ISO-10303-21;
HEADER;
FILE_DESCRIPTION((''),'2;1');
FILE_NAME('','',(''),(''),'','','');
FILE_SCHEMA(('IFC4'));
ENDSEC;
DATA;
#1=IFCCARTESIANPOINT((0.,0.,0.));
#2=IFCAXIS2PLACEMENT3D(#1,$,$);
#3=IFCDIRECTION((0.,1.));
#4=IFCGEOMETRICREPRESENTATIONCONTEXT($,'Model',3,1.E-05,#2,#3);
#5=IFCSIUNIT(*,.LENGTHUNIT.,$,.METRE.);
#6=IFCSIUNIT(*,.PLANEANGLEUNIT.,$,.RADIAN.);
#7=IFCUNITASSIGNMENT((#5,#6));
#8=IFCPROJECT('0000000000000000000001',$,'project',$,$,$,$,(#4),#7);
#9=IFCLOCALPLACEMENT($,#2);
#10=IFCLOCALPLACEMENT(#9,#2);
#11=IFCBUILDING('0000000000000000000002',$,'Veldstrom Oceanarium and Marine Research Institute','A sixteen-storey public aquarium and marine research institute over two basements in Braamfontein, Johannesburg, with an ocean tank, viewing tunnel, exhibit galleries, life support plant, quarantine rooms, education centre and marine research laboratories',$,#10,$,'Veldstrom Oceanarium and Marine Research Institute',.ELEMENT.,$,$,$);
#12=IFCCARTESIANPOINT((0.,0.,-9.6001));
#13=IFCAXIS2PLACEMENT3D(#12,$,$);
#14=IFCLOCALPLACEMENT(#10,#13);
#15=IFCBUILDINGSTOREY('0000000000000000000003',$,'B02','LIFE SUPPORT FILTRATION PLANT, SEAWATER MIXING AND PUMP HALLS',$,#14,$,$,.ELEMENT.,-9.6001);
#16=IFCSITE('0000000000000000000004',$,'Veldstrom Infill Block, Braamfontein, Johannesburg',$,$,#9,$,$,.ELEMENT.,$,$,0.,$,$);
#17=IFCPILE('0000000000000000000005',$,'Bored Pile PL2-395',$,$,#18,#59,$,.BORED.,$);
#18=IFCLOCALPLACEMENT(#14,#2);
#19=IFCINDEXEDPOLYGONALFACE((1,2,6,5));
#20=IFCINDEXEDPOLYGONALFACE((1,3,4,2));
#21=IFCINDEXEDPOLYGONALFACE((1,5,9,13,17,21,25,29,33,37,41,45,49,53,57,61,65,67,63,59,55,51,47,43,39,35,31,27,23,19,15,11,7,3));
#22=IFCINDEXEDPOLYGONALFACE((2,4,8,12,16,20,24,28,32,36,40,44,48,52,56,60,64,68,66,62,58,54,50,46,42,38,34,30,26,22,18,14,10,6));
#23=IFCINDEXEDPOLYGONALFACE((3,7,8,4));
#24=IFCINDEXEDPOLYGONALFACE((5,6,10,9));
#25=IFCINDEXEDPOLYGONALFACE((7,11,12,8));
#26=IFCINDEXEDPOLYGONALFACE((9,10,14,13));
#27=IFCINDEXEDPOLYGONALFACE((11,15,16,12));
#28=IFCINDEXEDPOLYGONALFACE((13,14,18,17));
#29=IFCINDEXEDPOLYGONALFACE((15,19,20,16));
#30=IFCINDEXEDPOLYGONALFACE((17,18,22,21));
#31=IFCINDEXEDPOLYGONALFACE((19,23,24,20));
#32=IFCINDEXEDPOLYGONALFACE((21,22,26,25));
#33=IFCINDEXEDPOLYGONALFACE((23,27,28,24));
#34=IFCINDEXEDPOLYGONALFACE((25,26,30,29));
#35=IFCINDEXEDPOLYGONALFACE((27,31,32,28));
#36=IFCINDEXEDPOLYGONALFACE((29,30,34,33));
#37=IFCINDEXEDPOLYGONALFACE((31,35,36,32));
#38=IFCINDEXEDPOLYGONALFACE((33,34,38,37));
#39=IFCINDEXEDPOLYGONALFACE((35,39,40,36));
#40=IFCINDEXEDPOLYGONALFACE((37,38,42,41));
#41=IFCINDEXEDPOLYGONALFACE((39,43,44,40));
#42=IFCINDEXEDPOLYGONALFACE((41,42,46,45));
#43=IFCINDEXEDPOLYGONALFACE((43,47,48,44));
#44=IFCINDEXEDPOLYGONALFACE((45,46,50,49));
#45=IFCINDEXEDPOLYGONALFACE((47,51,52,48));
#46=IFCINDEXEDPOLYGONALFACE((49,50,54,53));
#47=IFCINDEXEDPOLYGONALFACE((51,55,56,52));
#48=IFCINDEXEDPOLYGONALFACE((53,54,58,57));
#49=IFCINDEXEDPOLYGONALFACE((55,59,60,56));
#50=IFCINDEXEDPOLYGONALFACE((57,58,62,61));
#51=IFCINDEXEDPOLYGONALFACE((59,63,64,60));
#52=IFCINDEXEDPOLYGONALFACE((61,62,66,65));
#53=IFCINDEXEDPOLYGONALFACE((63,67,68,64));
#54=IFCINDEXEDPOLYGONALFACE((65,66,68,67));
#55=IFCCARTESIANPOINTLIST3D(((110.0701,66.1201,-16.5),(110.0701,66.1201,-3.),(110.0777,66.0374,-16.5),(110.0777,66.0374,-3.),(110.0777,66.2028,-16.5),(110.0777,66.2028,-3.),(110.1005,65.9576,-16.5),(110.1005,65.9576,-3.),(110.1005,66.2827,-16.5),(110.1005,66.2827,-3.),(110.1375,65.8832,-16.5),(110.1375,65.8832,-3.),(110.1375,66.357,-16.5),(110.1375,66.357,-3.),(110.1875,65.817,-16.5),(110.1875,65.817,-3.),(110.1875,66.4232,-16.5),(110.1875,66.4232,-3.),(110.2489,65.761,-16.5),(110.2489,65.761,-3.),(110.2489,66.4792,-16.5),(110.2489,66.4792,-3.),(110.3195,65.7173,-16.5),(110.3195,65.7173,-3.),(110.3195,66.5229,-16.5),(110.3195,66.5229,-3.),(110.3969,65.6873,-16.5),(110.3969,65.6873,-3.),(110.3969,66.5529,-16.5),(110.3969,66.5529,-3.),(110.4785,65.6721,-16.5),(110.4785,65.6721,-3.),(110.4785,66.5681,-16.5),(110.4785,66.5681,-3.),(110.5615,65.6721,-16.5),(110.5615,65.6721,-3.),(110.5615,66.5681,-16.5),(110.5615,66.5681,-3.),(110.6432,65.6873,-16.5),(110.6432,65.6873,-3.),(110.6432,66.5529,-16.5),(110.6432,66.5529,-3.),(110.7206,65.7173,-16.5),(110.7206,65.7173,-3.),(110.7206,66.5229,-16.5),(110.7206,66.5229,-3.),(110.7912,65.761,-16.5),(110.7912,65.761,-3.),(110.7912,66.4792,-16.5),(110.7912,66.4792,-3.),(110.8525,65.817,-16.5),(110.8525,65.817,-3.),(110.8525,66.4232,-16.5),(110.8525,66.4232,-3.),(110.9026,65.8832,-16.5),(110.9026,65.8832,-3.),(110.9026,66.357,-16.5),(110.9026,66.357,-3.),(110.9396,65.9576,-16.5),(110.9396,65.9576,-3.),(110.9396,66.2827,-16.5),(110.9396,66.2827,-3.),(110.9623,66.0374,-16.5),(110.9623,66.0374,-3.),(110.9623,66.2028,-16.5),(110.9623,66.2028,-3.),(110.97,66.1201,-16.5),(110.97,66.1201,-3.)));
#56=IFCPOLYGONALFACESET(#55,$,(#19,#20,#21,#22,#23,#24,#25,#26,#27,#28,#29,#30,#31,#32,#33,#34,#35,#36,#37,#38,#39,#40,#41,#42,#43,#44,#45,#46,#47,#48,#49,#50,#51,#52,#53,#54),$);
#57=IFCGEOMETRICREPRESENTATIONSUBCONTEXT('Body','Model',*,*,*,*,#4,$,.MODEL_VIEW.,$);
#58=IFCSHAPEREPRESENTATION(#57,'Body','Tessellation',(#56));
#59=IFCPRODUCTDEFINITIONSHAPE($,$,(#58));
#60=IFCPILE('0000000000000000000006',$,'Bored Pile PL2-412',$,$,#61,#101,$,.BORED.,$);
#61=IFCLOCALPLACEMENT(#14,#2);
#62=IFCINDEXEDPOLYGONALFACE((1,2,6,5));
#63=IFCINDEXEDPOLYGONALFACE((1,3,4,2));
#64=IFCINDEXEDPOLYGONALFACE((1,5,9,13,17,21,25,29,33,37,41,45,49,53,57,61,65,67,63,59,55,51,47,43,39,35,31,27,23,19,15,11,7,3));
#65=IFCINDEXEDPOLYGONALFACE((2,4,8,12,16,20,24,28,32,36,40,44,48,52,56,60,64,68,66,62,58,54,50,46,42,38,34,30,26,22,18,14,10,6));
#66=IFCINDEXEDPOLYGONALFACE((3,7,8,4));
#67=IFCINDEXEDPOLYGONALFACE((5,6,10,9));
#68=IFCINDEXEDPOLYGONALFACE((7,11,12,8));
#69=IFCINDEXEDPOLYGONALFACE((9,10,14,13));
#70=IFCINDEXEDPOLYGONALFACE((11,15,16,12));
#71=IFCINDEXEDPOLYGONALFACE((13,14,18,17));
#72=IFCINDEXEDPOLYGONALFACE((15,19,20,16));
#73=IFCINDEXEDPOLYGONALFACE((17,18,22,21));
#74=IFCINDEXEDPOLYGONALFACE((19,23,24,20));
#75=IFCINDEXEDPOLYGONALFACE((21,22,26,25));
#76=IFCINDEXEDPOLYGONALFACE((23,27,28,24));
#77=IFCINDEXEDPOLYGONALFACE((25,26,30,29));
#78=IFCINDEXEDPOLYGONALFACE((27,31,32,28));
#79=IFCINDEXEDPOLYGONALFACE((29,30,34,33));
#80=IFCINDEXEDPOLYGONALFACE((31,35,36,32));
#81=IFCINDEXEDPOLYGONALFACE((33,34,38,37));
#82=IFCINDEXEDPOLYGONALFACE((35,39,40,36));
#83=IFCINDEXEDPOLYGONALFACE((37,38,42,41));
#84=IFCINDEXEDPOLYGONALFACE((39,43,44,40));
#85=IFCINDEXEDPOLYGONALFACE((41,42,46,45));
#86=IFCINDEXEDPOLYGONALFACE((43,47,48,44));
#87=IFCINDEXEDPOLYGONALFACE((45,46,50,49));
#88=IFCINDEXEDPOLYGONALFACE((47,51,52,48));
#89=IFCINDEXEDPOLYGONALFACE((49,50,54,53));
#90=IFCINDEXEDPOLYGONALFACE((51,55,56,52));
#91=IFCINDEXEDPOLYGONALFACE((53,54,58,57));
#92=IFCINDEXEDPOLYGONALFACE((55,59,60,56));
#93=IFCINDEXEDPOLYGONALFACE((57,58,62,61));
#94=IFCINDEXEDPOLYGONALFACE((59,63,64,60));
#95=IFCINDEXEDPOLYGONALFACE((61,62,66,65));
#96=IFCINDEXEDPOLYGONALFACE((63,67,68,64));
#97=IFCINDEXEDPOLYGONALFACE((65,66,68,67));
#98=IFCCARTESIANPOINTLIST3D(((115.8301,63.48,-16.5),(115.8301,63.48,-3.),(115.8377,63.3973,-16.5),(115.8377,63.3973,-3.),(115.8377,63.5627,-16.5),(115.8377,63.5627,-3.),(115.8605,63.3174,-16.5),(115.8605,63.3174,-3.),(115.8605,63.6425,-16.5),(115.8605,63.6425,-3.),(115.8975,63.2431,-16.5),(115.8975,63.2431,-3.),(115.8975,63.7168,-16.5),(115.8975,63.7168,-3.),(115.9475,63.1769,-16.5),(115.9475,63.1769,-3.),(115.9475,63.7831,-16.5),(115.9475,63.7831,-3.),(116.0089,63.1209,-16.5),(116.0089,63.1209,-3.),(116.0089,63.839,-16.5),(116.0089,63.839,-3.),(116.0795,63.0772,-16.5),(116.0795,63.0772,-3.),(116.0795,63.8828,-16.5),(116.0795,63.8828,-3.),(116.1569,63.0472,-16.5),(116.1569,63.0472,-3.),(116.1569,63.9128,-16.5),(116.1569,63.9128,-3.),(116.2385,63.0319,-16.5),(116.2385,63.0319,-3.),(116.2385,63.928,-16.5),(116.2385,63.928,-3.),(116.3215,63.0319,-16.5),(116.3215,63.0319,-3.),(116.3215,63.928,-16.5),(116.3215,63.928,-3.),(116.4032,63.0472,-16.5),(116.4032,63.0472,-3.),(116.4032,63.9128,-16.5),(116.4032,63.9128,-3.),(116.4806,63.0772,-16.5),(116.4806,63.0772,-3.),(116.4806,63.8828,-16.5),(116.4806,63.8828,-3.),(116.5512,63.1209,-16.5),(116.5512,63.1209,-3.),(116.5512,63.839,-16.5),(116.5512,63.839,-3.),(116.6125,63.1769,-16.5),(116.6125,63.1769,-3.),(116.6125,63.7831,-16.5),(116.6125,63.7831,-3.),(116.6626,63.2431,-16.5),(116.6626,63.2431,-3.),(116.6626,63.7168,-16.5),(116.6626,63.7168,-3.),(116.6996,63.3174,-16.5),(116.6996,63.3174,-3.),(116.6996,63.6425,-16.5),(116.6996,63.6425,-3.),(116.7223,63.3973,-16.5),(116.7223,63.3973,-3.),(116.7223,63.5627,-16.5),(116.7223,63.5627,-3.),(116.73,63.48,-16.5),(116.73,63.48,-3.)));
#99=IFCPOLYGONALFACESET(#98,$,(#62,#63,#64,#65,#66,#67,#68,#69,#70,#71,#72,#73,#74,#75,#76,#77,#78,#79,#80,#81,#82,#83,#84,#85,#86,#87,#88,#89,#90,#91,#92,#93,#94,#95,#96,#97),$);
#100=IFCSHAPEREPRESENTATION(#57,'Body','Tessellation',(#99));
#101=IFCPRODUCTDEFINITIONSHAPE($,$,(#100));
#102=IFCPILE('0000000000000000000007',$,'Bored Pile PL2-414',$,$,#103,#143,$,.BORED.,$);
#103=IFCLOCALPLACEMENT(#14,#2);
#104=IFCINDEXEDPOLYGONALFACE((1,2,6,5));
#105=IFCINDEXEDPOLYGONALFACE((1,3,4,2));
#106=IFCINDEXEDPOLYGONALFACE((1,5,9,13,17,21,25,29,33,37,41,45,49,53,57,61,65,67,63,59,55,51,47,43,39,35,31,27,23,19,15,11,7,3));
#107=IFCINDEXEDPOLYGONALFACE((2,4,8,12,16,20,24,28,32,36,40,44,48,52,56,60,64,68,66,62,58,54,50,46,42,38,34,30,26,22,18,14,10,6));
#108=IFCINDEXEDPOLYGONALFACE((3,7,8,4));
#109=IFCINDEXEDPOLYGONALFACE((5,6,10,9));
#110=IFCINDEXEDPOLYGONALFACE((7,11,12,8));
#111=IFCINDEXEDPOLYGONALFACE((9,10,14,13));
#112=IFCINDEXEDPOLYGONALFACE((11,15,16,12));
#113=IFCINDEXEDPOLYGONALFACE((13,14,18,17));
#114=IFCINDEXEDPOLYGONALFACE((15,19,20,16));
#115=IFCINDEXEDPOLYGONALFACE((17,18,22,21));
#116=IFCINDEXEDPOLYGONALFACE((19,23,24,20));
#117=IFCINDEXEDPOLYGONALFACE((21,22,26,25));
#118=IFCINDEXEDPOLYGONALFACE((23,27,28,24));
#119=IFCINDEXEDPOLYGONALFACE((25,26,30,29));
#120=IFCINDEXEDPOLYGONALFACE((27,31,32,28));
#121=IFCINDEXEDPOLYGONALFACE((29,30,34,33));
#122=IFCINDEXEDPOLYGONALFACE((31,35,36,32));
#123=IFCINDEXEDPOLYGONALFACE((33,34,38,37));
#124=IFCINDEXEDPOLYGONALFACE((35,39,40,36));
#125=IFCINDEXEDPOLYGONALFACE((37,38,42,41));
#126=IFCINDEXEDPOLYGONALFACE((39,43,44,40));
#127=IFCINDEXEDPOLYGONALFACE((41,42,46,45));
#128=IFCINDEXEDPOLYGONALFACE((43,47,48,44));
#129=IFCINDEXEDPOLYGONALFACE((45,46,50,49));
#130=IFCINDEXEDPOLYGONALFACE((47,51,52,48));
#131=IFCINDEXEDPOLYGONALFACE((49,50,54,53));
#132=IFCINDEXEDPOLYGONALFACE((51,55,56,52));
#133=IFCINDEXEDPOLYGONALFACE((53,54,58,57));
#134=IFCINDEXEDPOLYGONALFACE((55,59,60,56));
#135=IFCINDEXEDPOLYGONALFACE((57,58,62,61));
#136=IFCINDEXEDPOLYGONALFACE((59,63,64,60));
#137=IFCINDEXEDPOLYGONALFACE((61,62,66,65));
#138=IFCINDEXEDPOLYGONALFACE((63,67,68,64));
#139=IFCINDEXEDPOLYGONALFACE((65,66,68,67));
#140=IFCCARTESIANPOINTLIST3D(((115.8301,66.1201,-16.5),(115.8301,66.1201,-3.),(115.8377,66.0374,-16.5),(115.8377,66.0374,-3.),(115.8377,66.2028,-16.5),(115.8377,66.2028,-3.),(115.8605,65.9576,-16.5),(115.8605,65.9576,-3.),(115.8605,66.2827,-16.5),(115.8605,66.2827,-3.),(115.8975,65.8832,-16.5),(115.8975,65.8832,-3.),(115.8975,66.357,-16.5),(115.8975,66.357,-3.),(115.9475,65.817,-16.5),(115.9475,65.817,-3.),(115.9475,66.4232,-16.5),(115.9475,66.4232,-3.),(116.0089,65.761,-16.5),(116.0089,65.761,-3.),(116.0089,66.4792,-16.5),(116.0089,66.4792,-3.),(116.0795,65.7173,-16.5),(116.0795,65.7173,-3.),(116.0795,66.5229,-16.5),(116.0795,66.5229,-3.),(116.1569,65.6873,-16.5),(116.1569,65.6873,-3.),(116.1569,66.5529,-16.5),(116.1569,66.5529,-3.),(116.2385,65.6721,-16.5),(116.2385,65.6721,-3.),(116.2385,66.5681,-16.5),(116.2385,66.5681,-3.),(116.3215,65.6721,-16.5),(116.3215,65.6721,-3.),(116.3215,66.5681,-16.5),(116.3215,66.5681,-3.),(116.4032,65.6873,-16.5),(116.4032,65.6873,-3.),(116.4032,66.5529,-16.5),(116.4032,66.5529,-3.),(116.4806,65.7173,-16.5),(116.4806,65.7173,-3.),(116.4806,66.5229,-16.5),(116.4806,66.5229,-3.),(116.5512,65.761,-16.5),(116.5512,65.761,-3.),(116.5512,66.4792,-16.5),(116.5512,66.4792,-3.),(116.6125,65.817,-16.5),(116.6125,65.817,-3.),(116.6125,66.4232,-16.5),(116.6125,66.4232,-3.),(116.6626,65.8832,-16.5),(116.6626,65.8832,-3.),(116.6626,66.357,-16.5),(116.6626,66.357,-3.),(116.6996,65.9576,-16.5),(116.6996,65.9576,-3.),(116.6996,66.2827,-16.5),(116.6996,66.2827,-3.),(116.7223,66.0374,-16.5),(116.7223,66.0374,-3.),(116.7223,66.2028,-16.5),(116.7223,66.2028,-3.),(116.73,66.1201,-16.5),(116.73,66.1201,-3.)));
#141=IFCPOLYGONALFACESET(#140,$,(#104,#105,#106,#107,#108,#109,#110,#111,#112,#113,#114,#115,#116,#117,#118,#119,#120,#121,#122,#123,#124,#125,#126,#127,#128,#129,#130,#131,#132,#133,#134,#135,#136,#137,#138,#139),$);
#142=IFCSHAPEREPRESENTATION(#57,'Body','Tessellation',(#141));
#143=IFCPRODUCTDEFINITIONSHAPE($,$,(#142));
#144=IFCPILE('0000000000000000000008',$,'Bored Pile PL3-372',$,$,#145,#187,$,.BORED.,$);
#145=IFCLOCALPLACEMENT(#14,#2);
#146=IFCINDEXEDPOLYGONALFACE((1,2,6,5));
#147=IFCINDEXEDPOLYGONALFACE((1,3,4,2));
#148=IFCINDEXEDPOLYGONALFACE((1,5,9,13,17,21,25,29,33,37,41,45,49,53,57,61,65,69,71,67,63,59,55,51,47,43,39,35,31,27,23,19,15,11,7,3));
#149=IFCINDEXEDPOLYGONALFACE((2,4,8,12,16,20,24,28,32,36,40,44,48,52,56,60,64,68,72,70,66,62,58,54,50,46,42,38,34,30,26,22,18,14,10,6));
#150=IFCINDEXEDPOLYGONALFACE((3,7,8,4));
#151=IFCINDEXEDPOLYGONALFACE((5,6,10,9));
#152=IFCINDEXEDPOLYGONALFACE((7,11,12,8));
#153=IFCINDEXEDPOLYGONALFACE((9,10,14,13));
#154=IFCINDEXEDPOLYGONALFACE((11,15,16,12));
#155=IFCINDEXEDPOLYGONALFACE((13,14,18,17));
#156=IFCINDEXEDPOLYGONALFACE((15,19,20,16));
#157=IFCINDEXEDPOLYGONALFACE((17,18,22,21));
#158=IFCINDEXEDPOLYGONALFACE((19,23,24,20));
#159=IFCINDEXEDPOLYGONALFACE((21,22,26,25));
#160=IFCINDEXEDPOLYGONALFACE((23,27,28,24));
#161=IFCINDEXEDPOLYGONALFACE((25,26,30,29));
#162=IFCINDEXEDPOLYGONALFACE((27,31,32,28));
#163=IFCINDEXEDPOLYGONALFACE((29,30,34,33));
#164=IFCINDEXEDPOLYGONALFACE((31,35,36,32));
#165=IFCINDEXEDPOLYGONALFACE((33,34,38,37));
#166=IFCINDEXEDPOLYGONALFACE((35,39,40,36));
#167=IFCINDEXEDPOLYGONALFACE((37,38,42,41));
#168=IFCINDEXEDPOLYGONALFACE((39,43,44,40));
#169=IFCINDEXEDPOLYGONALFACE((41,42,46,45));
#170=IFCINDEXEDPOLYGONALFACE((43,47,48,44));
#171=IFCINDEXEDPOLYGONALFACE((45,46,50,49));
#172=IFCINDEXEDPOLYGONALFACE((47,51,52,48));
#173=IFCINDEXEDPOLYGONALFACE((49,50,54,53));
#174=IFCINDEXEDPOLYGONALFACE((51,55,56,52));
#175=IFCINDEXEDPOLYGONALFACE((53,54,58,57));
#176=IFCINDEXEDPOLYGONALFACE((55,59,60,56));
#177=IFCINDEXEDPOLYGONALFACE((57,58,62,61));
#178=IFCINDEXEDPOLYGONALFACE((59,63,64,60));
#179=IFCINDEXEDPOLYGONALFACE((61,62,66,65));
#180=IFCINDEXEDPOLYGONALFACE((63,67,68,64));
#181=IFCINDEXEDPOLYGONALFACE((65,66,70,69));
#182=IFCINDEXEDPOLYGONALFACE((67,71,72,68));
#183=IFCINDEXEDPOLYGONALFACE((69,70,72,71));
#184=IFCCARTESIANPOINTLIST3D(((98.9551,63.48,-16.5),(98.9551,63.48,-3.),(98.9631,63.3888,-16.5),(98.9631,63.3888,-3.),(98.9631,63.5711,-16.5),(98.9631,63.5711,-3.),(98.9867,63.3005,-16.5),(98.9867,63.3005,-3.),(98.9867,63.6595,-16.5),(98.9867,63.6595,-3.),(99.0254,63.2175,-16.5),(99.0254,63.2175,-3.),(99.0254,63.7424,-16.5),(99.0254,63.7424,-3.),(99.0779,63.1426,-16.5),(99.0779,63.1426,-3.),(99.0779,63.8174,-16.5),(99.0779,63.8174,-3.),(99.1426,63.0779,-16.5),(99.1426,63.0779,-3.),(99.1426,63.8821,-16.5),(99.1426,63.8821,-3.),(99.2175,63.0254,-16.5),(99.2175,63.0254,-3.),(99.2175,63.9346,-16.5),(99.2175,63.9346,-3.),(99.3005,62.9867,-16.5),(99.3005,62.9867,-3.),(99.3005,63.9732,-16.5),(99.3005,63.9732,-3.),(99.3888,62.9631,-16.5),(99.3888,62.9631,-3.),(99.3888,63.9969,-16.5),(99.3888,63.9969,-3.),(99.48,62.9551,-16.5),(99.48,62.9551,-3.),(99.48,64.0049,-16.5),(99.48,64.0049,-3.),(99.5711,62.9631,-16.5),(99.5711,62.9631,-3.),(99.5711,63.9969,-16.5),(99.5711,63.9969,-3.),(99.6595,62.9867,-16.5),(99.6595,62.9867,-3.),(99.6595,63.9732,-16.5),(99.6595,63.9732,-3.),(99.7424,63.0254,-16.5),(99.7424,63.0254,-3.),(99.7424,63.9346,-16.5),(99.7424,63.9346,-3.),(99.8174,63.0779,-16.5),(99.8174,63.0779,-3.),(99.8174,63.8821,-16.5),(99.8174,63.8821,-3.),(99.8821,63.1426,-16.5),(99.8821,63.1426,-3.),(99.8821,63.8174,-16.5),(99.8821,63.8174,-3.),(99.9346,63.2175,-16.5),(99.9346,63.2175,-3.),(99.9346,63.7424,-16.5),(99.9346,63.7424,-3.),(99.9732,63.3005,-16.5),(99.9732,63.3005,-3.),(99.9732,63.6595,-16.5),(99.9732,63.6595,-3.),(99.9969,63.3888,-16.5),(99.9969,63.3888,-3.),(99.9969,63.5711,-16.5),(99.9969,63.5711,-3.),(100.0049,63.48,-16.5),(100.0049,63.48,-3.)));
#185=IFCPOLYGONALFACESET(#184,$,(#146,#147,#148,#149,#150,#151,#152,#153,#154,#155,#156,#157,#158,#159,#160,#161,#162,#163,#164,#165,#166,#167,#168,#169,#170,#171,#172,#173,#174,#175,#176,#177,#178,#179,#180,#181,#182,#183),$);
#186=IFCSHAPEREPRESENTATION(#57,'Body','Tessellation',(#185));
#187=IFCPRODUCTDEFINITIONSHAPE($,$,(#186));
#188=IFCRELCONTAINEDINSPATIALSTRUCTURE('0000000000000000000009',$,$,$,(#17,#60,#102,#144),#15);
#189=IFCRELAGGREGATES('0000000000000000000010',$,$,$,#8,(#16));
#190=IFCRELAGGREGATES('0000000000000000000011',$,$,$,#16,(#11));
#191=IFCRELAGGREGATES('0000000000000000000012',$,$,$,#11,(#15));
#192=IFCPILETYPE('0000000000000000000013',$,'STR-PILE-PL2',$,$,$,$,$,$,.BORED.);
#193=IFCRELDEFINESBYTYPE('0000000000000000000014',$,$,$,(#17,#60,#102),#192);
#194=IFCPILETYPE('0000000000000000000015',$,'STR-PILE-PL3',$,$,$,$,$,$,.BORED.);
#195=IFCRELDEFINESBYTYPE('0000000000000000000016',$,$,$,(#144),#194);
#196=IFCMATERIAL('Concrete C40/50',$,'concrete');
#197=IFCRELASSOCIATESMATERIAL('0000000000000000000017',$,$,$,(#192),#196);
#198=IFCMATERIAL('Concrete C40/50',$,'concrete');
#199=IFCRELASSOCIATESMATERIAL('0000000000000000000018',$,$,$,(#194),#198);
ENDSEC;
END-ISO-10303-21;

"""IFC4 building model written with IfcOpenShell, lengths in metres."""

from ifc_helpers import new_model, si_unit, direction, frame, origin, origin_2d, place, context, subcontext, project, spatial, circle, extrude, material, material_profile, profile_set, type_object, element, save


model = new_model("IFC4")

# Units and contexts
model_context = context("Model", 3, precision=1e-05, world=origin(), true_north=direction((0.0, 1.0)))
body_context = subcontext(model_context, "Body", "Model", "MODEL_VIEW")
ifc_project = project(units=[si_unit("LENGTHUNIT", "METRE"), si_unit("PLANEANGLEUNIT", "RADIAN")], contexts=[model_context])

# Site, building, storey
site_placement = place(None, origin())
site = spatial("IfcSite", under=ifc_project, at=site_placement, Name="Veldstrom Infill Block, Braamfontein, Johannesburg", CompositionType="ELEMENT", RefElevation=0.0)
building_placement = place(site_placement, origin())
building = spatial("IfcBuilding", under=site, at=building_placement, Name="Veldstrom Oceanarium and Marine Research Institute", Description="A sixteen-storey public aquarium and marine research institute over two basements in Braamfontein, Johannesburg, with an ocean tank, viewing tunnel, exhibit galleries, life support plant, quarantine rooms, education centre and marine research laboratories", LongName="Veldstrom Oceanarium and Marine Research Institute", CompositionType="ELEMENT")
storey_placement = place(building_placement, frame((0.0, 0.0, -9.6001)))
storey = spatial("IfcBuildingStorey", under=building, at=storey_placement, Name="B02", Description="LIFE SUPPORT FILTRATION PLANT, SEAWATER MIXING AND PUMP HALLS", CompositionType="ELEMENT", Elevation=-9.6001)

# Piles
ifc_material_1 = material(Name="Concrete C40/50", Category="concrete")
ifc_material_profile_1 = material_profile(ifc_material_1, circle(Radius=0.45, at=origin_2d()), Name="PILE-D900")
ifc_profile_set_1 = profile_set([ifc_material_profile_1], Name="Concrete C40/50")
pile_type_1 = type_object("IfcPileType", Name="STR-PILE-PL2", PredefinedType="BORED", material=ifc_profile_set_1)
for number, where, z_axis, x_axis, name in (
    (1, (110.52, 66.1201, -3.0), (0.0, 0.0, -1.0), (1.0, 0.0, 0.0), "Bored Pile PL2-395"),
    (2, (116.28, 63.48, -3.0), (0.0, 0.0, -1.0), (1.0, 0.0, 0.0), "Bored Pile PL2-412"),
    (3, (116.28, 66.1201, -3.0), (0.0, 0.0, -1.0), (1.0, 0.0, 0.0), "Bored Pile PL2-414"),
):
    element("IfcPile", number, at=place(storey_placement, frame(where, z_axis=z_axis, x_axis=x_axis)), inside=storey, type_object=pile_type_1, Name=name, PredefinedType="BORED", context=body_context, shape_type="SweptSolid", body=[
        extrude(circle(Radius=0.45, at=origin_2d()), origin(), (0.0, 0.0, 1.0), 13.5),
    ])
ifc_material_2 = material(Name="Concrete C40/50", Category="concrete")
ifc_material_profile_2 = material_profile(ifc_material_2, circle(Radius=0.5249, at=origin_2d()), Name="PILE-D1050")
ifc_profile_set_2 = profile_set([ifc_material_profile_2], Name="Concrete C40/50")
pile_type_2 = type_object("IfcPileType", Name="STR-PILE-PL3", PredefinedType="BORED", material=ifc_profile_set_2)
for number, where, z_axis, x_axis, name in (
    (4, (99.48, 63.48, -3.0), (0.0, 0.0, -1.0), (1.0, 0.0, 0.0), "Bored Pile PL3-372"),
):
    element("IfcPile", number, at=place(storey_placement, frame(where, z_axis=z_axis, x_axis=x_axis)), inside=storey, type_object=pile_type_2, Name=name, PredefinedType="BORED", context=body_context, shape_type="SweptSolid", body=[
        extrude(circle(Radius=0.5249, at=origin_2d()), origin(), (0.0, 0.0, 1.0), 13.5),
    ])

save(model, "model.ifc")
